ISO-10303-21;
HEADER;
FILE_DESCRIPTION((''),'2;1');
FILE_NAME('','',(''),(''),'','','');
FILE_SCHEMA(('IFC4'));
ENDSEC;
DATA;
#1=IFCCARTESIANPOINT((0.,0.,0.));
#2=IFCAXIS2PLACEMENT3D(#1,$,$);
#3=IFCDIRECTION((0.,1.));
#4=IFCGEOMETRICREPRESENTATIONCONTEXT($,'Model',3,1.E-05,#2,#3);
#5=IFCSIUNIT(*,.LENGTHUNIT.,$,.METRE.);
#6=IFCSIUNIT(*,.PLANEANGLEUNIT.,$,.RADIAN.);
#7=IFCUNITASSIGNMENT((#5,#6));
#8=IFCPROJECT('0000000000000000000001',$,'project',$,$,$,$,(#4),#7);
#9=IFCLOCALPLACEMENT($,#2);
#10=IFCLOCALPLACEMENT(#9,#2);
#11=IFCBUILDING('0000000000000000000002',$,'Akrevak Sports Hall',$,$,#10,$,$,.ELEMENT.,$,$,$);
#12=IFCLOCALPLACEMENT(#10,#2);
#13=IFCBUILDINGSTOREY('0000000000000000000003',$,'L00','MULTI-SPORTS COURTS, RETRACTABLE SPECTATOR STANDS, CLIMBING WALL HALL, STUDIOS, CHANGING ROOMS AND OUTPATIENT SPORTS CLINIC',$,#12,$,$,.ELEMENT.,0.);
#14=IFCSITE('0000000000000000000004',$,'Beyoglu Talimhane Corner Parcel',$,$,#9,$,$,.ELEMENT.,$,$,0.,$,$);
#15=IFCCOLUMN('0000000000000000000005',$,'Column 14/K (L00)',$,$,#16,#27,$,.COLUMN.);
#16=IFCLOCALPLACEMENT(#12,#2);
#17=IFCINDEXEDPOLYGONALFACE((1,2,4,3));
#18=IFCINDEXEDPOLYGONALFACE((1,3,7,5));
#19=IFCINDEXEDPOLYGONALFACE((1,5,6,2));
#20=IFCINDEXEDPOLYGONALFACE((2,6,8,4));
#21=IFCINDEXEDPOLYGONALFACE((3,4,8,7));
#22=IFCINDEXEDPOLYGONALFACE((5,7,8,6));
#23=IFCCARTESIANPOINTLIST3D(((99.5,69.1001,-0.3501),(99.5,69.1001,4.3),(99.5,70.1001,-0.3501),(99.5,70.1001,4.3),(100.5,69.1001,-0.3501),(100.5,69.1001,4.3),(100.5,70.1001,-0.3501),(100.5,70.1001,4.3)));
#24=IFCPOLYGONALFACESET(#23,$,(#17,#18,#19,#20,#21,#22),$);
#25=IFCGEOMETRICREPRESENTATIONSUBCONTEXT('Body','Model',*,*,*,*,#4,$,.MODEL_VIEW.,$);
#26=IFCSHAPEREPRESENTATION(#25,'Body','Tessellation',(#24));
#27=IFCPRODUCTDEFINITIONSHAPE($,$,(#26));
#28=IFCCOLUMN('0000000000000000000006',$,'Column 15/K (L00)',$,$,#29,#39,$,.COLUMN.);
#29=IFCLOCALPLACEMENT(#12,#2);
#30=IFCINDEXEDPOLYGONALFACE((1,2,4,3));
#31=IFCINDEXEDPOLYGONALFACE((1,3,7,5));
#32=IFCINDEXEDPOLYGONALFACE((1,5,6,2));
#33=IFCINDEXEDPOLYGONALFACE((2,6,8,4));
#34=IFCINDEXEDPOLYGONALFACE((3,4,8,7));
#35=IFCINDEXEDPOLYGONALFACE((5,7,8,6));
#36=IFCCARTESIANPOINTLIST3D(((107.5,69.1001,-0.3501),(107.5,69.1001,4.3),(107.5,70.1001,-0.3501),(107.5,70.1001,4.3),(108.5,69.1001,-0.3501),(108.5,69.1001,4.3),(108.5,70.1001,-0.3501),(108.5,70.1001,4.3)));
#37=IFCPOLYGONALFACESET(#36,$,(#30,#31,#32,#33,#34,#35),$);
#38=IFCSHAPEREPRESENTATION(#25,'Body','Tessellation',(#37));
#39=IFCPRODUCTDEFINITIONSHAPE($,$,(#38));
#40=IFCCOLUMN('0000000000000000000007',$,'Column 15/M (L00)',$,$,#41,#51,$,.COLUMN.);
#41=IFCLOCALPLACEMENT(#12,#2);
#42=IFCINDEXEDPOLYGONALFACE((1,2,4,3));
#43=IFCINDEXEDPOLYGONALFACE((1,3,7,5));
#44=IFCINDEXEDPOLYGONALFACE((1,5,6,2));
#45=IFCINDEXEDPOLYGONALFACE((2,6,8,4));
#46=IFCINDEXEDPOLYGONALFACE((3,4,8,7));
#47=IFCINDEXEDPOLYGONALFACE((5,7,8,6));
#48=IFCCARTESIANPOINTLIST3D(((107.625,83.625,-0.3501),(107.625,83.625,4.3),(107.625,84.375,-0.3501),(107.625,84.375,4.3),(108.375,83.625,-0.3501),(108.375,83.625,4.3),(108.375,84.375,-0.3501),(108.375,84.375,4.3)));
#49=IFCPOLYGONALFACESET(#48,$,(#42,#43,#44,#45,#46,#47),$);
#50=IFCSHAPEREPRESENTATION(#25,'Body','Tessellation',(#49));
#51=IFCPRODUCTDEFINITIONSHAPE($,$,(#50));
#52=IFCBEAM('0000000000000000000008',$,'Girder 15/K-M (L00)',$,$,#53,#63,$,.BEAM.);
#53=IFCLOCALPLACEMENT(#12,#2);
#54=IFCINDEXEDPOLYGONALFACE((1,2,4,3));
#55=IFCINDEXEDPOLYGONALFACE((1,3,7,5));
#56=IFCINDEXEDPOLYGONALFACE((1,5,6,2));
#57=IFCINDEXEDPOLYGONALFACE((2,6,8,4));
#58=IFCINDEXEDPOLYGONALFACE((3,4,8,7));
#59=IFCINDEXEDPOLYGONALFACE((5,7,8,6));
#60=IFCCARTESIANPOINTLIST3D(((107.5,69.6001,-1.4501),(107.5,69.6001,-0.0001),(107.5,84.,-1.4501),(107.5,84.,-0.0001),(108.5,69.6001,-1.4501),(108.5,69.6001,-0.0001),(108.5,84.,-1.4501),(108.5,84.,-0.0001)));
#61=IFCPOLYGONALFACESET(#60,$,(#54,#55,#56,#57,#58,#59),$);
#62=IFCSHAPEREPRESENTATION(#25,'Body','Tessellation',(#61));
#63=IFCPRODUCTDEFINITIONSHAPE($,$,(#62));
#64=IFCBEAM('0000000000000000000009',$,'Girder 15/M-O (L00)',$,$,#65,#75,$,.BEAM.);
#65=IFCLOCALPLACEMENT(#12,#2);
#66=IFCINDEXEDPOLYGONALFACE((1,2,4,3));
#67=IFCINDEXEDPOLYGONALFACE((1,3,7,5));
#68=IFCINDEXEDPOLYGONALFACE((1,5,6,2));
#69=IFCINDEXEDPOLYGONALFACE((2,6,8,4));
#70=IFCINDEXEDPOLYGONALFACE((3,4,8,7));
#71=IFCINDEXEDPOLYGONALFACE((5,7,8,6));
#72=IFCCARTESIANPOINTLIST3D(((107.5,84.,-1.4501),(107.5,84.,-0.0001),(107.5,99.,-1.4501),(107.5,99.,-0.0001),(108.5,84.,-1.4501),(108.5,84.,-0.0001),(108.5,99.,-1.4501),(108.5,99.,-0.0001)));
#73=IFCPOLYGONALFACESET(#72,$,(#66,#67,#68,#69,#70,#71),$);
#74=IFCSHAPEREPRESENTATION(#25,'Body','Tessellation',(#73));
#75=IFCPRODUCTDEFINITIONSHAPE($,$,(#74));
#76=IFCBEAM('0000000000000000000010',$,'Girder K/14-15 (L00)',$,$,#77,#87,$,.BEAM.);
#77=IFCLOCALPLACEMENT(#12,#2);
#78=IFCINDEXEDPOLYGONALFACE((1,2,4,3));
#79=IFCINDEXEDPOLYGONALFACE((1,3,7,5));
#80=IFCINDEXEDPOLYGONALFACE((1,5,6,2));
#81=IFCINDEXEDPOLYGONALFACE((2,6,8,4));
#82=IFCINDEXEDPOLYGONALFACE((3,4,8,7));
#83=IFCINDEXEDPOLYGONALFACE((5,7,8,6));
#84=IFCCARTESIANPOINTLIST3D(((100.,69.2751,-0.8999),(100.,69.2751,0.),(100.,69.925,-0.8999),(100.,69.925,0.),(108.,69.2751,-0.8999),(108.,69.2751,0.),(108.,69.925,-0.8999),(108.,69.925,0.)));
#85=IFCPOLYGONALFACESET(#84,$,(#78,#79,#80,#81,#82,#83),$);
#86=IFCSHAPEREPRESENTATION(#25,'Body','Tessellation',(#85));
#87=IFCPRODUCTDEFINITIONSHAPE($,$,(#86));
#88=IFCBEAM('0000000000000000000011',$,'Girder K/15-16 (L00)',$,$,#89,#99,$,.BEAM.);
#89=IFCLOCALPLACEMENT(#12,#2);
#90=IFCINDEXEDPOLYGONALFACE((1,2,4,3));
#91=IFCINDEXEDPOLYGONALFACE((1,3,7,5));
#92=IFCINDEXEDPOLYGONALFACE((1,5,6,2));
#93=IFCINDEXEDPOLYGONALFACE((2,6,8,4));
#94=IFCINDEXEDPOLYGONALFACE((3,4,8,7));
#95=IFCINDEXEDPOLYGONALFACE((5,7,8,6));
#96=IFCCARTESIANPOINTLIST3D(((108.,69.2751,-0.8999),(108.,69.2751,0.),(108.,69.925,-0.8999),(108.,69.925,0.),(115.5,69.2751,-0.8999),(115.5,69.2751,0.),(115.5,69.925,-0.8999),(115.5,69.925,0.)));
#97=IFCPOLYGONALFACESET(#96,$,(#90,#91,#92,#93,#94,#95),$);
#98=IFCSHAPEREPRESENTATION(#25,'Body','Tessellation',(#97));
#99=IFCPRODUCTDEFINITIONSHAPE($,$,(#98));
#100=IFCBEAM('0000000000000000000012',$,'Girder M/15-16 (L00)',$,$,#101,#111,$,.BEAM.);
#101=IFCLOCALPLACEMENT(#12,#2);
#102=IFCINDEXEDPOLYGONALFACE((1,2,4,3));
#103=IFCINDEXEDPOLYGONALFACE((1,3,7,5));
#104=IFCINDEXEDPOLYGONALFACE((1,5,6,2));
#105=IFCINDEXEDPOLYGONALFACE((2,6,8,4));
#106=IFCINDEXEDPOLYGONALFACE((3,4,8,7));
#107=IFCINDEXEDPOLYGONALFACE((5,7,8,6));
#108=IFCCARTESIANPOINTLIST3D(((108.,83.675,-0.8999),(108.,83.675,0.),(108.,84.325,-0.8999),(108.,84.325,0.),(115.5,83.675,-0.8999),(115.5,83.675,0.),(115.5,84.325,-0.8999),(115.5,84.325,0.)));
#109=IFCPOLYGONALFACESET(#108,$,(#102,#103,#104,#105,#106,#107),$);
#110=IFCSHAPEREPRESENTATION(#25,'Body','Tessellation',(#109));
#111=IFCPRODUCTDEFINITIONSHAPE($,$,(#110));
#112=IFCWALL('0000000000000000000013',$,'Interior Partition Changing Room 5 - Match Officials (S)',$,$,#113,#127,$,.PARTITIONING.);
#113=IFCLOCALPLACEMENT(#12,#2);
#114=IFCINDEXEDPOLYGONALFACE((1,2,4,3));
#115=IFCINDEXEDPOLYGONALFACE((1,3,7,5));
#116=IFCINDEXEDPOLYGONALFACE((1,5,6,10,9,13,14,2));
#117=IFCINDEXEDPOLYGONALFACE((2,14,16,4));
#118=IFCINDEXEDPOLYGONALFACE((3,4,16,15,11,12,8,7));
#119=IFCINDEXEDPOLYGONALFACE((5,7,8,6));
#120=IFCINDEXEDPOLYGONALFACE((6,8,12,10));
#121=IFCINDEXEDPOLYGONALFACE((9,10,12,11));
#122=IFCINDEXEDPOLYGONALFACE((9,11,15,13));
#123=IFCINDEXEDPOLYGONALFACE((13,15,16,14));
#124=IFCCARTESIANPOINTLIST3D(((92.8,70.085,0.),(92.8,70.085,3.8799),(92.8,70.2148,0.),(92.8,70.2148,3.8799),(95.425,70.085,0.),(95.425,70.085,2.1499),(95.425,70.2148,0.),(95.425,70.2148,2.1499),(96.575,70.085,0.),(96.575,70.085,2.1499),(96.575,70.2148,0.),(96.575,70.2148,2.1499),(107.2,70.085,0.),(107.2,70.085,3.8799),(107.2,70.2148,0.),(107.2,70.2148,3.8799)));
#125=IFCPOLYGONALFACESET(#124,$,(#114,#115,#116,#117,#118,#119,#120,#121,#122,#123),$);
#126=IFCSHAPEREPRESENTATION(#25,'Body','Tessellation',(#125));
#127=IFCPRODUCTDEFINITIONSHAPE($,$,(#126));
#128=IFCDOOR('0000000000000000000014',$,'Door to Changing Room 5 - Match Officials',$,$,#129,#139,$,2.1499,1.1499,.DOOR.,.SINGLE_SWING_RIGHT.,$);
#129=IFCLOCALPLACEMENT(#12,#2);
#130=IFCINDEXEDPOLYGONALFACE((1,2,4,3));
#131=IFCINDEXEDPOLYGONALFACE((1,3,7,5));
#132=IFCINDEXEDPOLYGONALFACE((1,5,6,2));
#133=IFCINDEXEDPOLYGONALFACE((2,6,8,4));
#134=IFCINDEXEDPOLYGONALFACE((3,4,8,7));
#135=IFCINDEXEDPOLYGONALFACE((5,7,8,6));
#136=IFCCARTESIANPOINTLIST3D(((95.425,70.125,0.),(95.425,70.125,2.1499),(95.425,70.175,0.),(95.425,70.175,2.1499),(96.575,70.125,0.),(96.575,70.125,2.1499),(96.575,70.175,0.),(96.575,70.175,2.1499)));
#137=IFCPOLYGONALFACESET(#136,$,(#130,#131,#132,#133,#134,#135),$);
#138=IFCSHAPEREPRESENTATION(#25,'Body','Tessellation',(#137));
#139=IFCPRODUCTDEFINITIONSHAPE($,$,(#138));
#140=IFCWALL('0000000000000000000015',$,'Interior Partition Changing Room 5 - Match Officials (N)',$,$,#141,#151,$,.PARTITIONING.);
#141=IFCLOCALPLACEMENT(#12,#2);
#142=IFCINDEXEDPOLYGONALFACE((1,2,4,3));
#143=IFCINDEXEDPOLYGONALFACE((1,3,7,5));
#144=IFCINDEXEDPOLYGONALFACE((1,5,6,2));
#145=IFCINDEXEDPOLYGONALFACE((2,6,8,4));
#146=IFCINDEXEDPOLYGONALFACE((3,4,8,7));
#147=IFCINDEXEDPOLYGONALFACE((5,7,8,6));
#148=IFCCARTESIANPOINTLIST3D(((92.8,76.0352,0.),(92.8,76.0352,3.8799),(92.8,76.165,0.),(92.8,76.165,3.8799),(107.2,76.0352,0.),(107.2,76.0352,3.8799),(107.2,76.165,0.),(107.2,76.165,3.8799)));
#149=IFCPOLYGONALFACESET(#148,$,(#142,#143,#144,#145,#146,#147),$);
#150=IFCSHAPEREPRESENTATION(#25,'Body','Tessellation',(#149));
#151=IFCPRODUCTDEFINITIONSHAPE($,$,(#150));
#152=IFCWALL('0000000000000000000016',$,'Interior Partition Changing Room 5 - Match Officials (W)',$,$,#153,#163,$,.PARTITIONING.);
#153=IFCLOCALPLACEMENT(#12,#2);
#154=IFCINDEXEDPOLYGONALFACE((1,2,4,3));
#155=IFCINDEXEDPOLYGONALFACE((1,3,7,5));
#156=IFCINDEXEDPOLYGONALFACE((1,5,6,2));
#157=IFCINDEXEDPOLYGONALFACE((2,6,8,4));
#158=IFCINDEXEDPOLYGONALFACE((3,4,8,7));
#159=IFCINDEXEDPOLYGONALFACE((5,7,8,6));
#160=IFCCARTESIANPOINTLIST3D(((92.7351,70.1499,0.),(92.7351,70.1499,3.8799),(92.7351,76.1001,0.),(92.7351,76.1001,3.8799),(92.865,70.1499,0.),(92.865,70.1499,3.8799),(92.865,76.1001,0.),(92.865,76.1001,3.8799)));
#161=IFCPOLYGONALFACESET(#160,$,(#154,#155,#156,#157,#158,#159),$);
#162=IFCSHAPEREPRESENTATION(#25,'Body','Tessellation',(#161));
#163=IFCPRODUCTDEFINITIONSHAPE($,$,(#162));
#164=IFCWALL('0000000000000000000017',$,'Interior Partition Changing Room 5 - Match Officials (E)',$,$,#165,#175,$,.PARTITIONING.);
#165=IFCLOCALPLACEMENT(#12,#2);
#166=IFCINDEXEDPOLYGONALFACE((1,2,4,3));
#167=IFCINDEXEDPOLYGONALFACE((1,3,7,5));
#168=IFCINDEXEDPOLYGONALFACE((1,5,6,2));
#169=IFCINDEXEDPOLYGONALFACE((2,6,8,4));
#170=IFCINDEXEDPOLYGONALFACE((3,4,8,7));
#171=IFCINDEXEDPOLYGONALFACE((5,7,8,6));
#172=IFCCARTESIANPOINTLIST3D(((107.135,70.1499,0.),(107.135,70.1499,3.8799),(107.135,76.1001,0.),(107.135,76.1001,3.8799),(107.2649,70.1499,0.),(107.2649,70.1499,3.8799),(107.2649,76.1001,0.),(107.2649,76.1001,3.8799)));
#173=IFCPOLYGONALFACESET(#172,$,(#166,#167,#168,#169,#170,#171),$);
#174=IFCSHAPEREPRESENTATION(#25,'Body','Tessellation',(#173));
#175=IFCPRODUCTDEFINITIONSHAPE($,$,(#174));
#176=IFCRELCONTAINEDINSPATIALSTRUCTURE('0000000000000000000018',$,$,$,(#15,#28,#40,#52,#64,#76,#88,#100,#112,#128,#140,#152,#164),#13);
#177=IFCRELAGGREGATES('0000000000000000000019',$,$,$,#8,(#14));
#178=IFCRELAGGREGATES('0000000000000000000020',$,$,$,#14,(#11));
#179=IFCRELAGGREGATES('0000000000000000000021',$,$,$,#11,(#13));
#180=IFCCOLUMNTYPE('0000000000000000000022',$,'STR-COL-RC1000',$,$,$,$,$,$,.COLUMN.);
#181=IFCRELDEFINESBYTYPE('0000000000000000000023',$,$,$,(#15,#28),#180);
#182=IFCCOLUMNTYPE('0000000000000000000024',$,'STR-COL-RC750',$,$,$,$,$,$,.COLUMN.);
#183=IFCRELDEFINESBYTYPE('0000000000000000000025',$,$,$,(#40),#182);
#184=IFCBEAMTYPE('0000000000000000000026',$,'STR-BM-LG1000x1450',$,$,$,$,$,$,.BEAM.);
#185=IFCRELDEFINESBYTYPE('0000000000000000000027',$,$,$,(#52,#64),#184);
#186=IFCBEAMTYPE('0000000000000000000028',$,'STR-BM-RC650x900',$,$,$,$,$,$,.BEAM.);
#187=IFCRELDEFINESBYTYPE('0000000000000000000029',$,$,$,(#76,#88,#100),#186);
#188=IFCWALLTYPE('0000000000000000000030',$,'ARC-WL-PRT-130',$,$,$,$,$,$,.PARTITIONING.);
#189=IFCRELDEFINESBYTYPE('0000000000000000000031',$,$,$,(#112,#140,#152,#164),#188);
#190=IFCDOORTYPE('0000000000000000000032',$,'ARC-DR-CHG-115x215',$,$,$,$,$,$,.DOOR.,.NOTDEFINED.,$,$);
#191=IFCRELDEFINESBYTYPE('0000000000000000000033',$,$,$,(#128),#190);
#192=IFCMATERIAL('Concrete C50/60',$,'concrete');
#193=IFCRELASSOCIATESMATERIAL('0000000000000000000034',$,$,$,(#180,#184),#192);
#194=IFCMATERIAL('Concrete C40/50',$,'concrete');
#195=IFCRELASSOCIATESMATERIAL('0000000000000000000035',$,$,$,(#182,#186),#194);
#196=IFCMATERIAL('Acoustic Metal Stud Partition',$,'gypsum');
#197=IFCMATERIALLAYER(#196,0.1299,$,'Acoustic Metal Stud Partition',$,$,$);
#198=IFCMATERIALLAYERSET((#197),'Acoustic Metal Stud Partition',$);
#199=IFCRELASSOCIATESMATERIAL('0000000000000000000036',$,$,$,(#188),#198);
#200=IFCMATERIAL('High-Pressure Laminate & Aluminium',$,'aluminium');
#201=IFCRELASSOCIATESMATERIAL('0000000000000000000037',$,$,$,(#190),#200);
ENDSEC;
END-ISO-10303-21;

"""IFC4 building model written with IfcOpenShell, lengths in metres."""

from ifc_helpers import new_model, si_unit, direction, frame, frame_2d, origin, origin_2d, place, context, subcontext, project, spatial, rectangle, extrude, material, layer, layer_set, material_profile, profile_set, type_object, element, fill, save


model = new_model("IFC4")

# Units and contexts
model_context = context("Model", 3, precision=1e-05, world=origin(), true_north=direction((0.0, 1.0)))
body_context = subcontext(model_context, "Body", "Model", "MODEL_VIEW")
ifc_project = project(units=[si_unit("LENGTHUNIT", "METRE"), si_unit("PLANEANGLEUNIT", "RADIAN")], contexts=[model_context])

# Site, building, storey
site_placement = place(None, origin())
site = spatial("IfcSite", under=ifc_project, at=site_placement, Name="Beyoglu Talimhane Corner Parcel", CompositionType="ELEMENT", RefElevation=0.0)
building_placement = place(site_placement, origin())
building = spatial("IfcBuilding", under=site, at=building_placement, Name="Akrevak Sports Hall", CompositionType="ELEMENT")
storey_placement = place(building_placement, origin())
storey = spatial("IfcBuildingStorey", under=building, at=storey_placement, Name="L00", Description="MULTI-SPORTS COURTS, RETRACTABLE SPECTATOR STANDS, CLIMBING WALL HALL, STUDIOS, CHANGING ROOMS AND OUTPATIENT SPORTS CLINIC", CompositionType="ELEMENT", Elevation=0.0)

# Columns
ifc_material_1 = material(Name="Concrete C50/60", Category="concrete")
ifc_material_profile_1 = material_profile(ifc_material_1, rectangle(XDim=1.0, YDim=1.0, at=origin_2d()), Name="RC 1000x1000", Category="concrete")
ifc_profile_set_1 = profile_set([ifc_material_profile_1], Name="Concrete C50/60")
column_type_1 = type_object("IfcColumnType", Name="STR-COL-RC1000", PredefinedType="COLUMN", material=ifc_profile_set_1)
for number, where, z_axis, x_axis, name in (
    (1, (100.0, 69.6001, -0.3501), (0.0, 0.0, 1.0), (1.0, 0.0, 0.0), "Column 14/K (L00)"),
    (2, (108.0, 69.6001, -0.3501), (0.0, 0.0, 1.0), (1.0, 0.0, 0.0), "Column 15/K (L00)"),
):
    element("IfcColumn", number, at=place(storey_placement, frame(where, z_axis=z_axis, x_axis=x_axis)), inside=storey, type_object=column_type_1, Name=name, PredefinedType="COLUMN", context=body_context, shape_type="SweptSolid", body=[
        extrude(rectangle(XDim=1.0, YDim=1.0, at=origin_2d()), origin(), (0.0, 0.0, 1.0), 4.6501),
    ])
ifc_material_2 = material(Name="Concrete C40/50", Category="concrete")
ifc_material_profile_2 = material_profile(ifc_material_2, rectangle(XDim=0.75, YDim=0.75, at=origin_2d()), Name="RC 750x750", Category="concrete")
ifc_profile_set_2 = profile_set([ifc_material_profile_2], Name="Concrete C40/50")
column_type_2 = type_object("IfcColumnType", Name="STR-COL-RC750", PredefinedType="COLUMN", material=ifc_profile_set_2)
column_placement = place(storey_placement, frame((108.0, 84.0, -0.3501), z_axis=(0.0, 0.0, 1.0), x_axis=(1.0, 0.0, 0.0)))
element("IfcColumn", 3, at=column_placement, inside=storey, type_object=column_type_2, Name="Column 15/M (L00)", PredefinedType="COLUMN", context=body_context, shape_type="SweptSolid", body=[
    extrude(rectangle(XDim=0.75, YDim=0.75, at=origin_2d()), origin(), (0.0, 0.0, 1.0), 4.6501),
])

# Beams
ifc_material_profile_3 = material_profile(ifc_material_1, rectangle(XDim=1.0, YDim=1.45, at=origin_2d()), Name="BM 1000x1450", Category="concrete")
ifc_profile_set_3 = profile_set([ifc_material_profile_3], Name="Concrete C50/60")
beam_type_1 = type_object("IfcBeamType", Name="STR-BM-LG1000x1450", PredefinedType="BEAM", material=ifc_profile_set_3)
beam_1_placement = place(storey_placement, frame((108.0, 69.6001, -0.7251), z_axis=(0.0, 1.0, 0.0), x_axis=(-1.0, 0.0, 0.0)))
element("IfcBeam", 4, at=beam_1_placement, inside=storey, type_object=beam_type_1, Name="Girder 15/K-M (L00)", PredefinedType="BEAM", context=body_context, shape_type="SweptSolid", body=[
    extrude(rectangle(XDim=1.0, YDim=1.45, at=origin_2d()), origin(), (0.0, 0.0, 1.0), 14.3999),
])
beam_2_placement = place(storey_placement, frame((108.0, 84.0, -0.7251), z_axis=(0.0, 1.0, 0.0), x_axis=(-1.0, 0.0, 0.0)))
element("IfcBeam", 5, at=beam_2_placement, inside=storey, type_object=beam_type_1, Name="Girder 15/M-O (L00)", PredefinedType="BEAM", context=body_context, shape_type="SweptSolid", body=[
    extrude(rectangle(XDim=1.0, YDim=1.45, at=origin_2d()), origin(), (0.0, 0.0, 1.0), 15.0),
])
ifc_material_profile_4 = material_profile(ifc_material_2, rectangle(XDim=0.6499, YDim=0.8999, at=origin_2d()), Name="BM 650x900", Category="concrete")
ifc_profile_set_4 = profile_set([ifc_material_profile_4], Name="Concrete C40/50")
beam_type_2 = type_object("IfcBeamType", Name="STR-BM-RC650x900", PredefinedType="BEAM", material=ifc_profile_set_4)
beam_3_placement = place(storey_placement, frame((100.0, 69.6001, -0.45), z_axis=(1.0, 0.0, 0.0), x_axis=(0.0, 1.0, 0.0)))
element("IfcBeam", 6, at=beam_3_placement, inside=storey, type_object=beam_type_2, Name="Girder K/14-15 (L00)", PredefinedType="BEAM", context=body_context, shape_type="SweptSolid", body=[
    extrude(rectangle(XDim=0.6499, YDim=0.8999, at=origin_2d()), origin(), (0.0, 0.0, 1.0), 8.0),
])
for number, where, z_axis, x_axis, name in (
    (7, (108.0, 69.6001, -0.45), (1.0, 0.0, 0.0), (0.0, 1.0, 0.0), "Girder K/15-16 (L00)"),
    (8, (108.0, 84.0, -0.45), (1.0, 0.0, 0.0), (0.0, 1.0, 0.0), "Girder M/15-16 (L00)"),
):
    element("IfcBeam", number, at=place(storey_placement, frame(where, z_axis=z_axis, x_axis=x_axis)), inside=storey, type_object=beam_type_2, Name=name, PredefinedType="BEAM", context=body_context, shape_type="SweptSolid", body=[
        extrude(rectangle(XDim=0.6499, YDim=0.8999, at=origin_2d()), origin(), (0.0, 0.0, 1.0), 7.5),
    ])

# Wall, opening, door
ifc_material_3 = material(Name="Acoustic Metal Stud Partition", Category="gypsum")
ifc_layer_1 = layer(ifc_material_3, 0.1299, Name="Acoustic Metal Stud Partition")
ifc_layer_set_1 = layer_set([ifc_layer_1], Name="Acoustic Metal Stud Partition")
wall_type_1 = type_object("IfcWallType", Name="ARC-WL-PRT-130", PredefinedType="PARTITIONING", material=ifc_layer_set_1)
wall_1_placement = place(storey_placement, frame((92.8, 70.1499, 0.0), z_axis=(0.0, 0.0, 1.0), x_axis=(1.0, 0.0, 0.0)))
wall_1 = element("IfcWall", 9, at=wall_1_placement, inside=storey, type_object=wall_type_1, Name="Interior Partition Changing Room 5 - Match Officials (S)", PredefinedType="PARTITIONING", context=body_context, shape_type="SweptSolid", body=[
    extrude(rectangle(XDim=14.3999, YDim=0.1299, at=frame_2d((7.2, 0.0))), origin(), (0.0, 0.0, 1.0), 3.8799),
])
opening_1_placement = place(wall_1_placement, frame((2.625, 0.0, 0.0)))
opening_1 = element("IfcOpeningElement", 10, at=opening_1_placement, cuts=wall_1, PredefinedType="OPENING", context=body_context, shape_type="SweptSolid", body=[
    extrude(rectangle(XDim=1.1499, YDim=2.1499, at=frame_2d((0.575, 1.075))), frame((0.0, 0.0769, 0.0), z_axis=(0.0, -1.0, 0.0), x_axis=(1.0, 0.0, 0.0)), (0.0, 0.0, 1.0), 0.1538),
])
ifc_material_4 = material(Name="High-Pressure Laminate & Aluminium", Category="aluminium")
door_type_1 = type_object("IfcDoorType", Name="ARC-DR-CHG-115x215", OperationType="NOTDEFINED", PredefinedType="DOOR", material=ifc_material_4)
door_1_placement = place(opening_1_placement, frame((1.1499, 0.0, 0.0), z_axis=(0.0, 0.0, 1.0), x_axis=(-1.0, 0.0, 0.0)))
door_1 = element("IfcDoor", 11, at=door_1_placement, inside=storey, type_object=door_type_1, Name="Door to Changing Room 5 - Match Officials", OperationType="SINGLE_SWING_RIGHT", OverallHeight=2.1499, OverallWidth=1.1499, PredefinedType="DOOR", context=body_context, shape_type="SweptSolid", body=[
    extrude(rectangle(XDim=1.1499, YDim=2.1499, at=frame_2d((0.575, 1.075))), frame((0.0, 0.0249, 0.0), z_axis=(0.0, -1.0, 0.0), x_axis=(1.0, 0.0, 0.0)), (0.0, 0.0, 1.0), 0.05),
])
fill(opening_1, door_1)

# Walls
wall_2_placement = place(storey_placement, frame((92.8, 76.1001, 0.0), z_axis=(0.0, 0.0, 1.0), x_axis=(1.0, 0.0, 0.0)))
element("IfcWall", 12, at=wall_2_placement, inside=storey, type_object=wall_type_1, Name="Interior Partition Changing Room 5 - Match Officials (N)", PredefinedType="PARTITIONING", context=body_context, shape_type="SweptSolid", body=[
    extrude(rectangle(XDim=14.3999, YDim=0.1299, at=frame_2d((7.2, 0.0))), origin(), (0.0, 0.0, 1.0), 3.8799),
])
for number, where, z_axis, x_axis, name in (
    (13, (92.8, 70.1499, 0.0), (0.0, 0.0, 1.0), (0.0, 1.0, 0.0), "Interior Partition Changing Room 5 - Match Officials (W)"),
    (14, (107.2, 70.1499, 0.0), (0.0, 0.0, 1.0), (0.0, 1.0, 0.0), "Interior Partition Changing Room 5 - Match Officials (E)"),
):
    element("IfcWall", number, at=place(storey_placement, frame(where, z_axis=z_axis, x_axis=x_axis)), inside=storey, type_object=wall_type_1, Name=name, PredefinedType="PARTITIONING", context=body_context, shape_type="SweptSolid", body=[
        extrude(rectangle(XDim=5.9502, YDim=0.1299, at=frame_2d((2.9751, 0.0))), origin(), (0.0, 0.0, 1.0), 3.8799),
    ])

save(model, "model.ifc")
